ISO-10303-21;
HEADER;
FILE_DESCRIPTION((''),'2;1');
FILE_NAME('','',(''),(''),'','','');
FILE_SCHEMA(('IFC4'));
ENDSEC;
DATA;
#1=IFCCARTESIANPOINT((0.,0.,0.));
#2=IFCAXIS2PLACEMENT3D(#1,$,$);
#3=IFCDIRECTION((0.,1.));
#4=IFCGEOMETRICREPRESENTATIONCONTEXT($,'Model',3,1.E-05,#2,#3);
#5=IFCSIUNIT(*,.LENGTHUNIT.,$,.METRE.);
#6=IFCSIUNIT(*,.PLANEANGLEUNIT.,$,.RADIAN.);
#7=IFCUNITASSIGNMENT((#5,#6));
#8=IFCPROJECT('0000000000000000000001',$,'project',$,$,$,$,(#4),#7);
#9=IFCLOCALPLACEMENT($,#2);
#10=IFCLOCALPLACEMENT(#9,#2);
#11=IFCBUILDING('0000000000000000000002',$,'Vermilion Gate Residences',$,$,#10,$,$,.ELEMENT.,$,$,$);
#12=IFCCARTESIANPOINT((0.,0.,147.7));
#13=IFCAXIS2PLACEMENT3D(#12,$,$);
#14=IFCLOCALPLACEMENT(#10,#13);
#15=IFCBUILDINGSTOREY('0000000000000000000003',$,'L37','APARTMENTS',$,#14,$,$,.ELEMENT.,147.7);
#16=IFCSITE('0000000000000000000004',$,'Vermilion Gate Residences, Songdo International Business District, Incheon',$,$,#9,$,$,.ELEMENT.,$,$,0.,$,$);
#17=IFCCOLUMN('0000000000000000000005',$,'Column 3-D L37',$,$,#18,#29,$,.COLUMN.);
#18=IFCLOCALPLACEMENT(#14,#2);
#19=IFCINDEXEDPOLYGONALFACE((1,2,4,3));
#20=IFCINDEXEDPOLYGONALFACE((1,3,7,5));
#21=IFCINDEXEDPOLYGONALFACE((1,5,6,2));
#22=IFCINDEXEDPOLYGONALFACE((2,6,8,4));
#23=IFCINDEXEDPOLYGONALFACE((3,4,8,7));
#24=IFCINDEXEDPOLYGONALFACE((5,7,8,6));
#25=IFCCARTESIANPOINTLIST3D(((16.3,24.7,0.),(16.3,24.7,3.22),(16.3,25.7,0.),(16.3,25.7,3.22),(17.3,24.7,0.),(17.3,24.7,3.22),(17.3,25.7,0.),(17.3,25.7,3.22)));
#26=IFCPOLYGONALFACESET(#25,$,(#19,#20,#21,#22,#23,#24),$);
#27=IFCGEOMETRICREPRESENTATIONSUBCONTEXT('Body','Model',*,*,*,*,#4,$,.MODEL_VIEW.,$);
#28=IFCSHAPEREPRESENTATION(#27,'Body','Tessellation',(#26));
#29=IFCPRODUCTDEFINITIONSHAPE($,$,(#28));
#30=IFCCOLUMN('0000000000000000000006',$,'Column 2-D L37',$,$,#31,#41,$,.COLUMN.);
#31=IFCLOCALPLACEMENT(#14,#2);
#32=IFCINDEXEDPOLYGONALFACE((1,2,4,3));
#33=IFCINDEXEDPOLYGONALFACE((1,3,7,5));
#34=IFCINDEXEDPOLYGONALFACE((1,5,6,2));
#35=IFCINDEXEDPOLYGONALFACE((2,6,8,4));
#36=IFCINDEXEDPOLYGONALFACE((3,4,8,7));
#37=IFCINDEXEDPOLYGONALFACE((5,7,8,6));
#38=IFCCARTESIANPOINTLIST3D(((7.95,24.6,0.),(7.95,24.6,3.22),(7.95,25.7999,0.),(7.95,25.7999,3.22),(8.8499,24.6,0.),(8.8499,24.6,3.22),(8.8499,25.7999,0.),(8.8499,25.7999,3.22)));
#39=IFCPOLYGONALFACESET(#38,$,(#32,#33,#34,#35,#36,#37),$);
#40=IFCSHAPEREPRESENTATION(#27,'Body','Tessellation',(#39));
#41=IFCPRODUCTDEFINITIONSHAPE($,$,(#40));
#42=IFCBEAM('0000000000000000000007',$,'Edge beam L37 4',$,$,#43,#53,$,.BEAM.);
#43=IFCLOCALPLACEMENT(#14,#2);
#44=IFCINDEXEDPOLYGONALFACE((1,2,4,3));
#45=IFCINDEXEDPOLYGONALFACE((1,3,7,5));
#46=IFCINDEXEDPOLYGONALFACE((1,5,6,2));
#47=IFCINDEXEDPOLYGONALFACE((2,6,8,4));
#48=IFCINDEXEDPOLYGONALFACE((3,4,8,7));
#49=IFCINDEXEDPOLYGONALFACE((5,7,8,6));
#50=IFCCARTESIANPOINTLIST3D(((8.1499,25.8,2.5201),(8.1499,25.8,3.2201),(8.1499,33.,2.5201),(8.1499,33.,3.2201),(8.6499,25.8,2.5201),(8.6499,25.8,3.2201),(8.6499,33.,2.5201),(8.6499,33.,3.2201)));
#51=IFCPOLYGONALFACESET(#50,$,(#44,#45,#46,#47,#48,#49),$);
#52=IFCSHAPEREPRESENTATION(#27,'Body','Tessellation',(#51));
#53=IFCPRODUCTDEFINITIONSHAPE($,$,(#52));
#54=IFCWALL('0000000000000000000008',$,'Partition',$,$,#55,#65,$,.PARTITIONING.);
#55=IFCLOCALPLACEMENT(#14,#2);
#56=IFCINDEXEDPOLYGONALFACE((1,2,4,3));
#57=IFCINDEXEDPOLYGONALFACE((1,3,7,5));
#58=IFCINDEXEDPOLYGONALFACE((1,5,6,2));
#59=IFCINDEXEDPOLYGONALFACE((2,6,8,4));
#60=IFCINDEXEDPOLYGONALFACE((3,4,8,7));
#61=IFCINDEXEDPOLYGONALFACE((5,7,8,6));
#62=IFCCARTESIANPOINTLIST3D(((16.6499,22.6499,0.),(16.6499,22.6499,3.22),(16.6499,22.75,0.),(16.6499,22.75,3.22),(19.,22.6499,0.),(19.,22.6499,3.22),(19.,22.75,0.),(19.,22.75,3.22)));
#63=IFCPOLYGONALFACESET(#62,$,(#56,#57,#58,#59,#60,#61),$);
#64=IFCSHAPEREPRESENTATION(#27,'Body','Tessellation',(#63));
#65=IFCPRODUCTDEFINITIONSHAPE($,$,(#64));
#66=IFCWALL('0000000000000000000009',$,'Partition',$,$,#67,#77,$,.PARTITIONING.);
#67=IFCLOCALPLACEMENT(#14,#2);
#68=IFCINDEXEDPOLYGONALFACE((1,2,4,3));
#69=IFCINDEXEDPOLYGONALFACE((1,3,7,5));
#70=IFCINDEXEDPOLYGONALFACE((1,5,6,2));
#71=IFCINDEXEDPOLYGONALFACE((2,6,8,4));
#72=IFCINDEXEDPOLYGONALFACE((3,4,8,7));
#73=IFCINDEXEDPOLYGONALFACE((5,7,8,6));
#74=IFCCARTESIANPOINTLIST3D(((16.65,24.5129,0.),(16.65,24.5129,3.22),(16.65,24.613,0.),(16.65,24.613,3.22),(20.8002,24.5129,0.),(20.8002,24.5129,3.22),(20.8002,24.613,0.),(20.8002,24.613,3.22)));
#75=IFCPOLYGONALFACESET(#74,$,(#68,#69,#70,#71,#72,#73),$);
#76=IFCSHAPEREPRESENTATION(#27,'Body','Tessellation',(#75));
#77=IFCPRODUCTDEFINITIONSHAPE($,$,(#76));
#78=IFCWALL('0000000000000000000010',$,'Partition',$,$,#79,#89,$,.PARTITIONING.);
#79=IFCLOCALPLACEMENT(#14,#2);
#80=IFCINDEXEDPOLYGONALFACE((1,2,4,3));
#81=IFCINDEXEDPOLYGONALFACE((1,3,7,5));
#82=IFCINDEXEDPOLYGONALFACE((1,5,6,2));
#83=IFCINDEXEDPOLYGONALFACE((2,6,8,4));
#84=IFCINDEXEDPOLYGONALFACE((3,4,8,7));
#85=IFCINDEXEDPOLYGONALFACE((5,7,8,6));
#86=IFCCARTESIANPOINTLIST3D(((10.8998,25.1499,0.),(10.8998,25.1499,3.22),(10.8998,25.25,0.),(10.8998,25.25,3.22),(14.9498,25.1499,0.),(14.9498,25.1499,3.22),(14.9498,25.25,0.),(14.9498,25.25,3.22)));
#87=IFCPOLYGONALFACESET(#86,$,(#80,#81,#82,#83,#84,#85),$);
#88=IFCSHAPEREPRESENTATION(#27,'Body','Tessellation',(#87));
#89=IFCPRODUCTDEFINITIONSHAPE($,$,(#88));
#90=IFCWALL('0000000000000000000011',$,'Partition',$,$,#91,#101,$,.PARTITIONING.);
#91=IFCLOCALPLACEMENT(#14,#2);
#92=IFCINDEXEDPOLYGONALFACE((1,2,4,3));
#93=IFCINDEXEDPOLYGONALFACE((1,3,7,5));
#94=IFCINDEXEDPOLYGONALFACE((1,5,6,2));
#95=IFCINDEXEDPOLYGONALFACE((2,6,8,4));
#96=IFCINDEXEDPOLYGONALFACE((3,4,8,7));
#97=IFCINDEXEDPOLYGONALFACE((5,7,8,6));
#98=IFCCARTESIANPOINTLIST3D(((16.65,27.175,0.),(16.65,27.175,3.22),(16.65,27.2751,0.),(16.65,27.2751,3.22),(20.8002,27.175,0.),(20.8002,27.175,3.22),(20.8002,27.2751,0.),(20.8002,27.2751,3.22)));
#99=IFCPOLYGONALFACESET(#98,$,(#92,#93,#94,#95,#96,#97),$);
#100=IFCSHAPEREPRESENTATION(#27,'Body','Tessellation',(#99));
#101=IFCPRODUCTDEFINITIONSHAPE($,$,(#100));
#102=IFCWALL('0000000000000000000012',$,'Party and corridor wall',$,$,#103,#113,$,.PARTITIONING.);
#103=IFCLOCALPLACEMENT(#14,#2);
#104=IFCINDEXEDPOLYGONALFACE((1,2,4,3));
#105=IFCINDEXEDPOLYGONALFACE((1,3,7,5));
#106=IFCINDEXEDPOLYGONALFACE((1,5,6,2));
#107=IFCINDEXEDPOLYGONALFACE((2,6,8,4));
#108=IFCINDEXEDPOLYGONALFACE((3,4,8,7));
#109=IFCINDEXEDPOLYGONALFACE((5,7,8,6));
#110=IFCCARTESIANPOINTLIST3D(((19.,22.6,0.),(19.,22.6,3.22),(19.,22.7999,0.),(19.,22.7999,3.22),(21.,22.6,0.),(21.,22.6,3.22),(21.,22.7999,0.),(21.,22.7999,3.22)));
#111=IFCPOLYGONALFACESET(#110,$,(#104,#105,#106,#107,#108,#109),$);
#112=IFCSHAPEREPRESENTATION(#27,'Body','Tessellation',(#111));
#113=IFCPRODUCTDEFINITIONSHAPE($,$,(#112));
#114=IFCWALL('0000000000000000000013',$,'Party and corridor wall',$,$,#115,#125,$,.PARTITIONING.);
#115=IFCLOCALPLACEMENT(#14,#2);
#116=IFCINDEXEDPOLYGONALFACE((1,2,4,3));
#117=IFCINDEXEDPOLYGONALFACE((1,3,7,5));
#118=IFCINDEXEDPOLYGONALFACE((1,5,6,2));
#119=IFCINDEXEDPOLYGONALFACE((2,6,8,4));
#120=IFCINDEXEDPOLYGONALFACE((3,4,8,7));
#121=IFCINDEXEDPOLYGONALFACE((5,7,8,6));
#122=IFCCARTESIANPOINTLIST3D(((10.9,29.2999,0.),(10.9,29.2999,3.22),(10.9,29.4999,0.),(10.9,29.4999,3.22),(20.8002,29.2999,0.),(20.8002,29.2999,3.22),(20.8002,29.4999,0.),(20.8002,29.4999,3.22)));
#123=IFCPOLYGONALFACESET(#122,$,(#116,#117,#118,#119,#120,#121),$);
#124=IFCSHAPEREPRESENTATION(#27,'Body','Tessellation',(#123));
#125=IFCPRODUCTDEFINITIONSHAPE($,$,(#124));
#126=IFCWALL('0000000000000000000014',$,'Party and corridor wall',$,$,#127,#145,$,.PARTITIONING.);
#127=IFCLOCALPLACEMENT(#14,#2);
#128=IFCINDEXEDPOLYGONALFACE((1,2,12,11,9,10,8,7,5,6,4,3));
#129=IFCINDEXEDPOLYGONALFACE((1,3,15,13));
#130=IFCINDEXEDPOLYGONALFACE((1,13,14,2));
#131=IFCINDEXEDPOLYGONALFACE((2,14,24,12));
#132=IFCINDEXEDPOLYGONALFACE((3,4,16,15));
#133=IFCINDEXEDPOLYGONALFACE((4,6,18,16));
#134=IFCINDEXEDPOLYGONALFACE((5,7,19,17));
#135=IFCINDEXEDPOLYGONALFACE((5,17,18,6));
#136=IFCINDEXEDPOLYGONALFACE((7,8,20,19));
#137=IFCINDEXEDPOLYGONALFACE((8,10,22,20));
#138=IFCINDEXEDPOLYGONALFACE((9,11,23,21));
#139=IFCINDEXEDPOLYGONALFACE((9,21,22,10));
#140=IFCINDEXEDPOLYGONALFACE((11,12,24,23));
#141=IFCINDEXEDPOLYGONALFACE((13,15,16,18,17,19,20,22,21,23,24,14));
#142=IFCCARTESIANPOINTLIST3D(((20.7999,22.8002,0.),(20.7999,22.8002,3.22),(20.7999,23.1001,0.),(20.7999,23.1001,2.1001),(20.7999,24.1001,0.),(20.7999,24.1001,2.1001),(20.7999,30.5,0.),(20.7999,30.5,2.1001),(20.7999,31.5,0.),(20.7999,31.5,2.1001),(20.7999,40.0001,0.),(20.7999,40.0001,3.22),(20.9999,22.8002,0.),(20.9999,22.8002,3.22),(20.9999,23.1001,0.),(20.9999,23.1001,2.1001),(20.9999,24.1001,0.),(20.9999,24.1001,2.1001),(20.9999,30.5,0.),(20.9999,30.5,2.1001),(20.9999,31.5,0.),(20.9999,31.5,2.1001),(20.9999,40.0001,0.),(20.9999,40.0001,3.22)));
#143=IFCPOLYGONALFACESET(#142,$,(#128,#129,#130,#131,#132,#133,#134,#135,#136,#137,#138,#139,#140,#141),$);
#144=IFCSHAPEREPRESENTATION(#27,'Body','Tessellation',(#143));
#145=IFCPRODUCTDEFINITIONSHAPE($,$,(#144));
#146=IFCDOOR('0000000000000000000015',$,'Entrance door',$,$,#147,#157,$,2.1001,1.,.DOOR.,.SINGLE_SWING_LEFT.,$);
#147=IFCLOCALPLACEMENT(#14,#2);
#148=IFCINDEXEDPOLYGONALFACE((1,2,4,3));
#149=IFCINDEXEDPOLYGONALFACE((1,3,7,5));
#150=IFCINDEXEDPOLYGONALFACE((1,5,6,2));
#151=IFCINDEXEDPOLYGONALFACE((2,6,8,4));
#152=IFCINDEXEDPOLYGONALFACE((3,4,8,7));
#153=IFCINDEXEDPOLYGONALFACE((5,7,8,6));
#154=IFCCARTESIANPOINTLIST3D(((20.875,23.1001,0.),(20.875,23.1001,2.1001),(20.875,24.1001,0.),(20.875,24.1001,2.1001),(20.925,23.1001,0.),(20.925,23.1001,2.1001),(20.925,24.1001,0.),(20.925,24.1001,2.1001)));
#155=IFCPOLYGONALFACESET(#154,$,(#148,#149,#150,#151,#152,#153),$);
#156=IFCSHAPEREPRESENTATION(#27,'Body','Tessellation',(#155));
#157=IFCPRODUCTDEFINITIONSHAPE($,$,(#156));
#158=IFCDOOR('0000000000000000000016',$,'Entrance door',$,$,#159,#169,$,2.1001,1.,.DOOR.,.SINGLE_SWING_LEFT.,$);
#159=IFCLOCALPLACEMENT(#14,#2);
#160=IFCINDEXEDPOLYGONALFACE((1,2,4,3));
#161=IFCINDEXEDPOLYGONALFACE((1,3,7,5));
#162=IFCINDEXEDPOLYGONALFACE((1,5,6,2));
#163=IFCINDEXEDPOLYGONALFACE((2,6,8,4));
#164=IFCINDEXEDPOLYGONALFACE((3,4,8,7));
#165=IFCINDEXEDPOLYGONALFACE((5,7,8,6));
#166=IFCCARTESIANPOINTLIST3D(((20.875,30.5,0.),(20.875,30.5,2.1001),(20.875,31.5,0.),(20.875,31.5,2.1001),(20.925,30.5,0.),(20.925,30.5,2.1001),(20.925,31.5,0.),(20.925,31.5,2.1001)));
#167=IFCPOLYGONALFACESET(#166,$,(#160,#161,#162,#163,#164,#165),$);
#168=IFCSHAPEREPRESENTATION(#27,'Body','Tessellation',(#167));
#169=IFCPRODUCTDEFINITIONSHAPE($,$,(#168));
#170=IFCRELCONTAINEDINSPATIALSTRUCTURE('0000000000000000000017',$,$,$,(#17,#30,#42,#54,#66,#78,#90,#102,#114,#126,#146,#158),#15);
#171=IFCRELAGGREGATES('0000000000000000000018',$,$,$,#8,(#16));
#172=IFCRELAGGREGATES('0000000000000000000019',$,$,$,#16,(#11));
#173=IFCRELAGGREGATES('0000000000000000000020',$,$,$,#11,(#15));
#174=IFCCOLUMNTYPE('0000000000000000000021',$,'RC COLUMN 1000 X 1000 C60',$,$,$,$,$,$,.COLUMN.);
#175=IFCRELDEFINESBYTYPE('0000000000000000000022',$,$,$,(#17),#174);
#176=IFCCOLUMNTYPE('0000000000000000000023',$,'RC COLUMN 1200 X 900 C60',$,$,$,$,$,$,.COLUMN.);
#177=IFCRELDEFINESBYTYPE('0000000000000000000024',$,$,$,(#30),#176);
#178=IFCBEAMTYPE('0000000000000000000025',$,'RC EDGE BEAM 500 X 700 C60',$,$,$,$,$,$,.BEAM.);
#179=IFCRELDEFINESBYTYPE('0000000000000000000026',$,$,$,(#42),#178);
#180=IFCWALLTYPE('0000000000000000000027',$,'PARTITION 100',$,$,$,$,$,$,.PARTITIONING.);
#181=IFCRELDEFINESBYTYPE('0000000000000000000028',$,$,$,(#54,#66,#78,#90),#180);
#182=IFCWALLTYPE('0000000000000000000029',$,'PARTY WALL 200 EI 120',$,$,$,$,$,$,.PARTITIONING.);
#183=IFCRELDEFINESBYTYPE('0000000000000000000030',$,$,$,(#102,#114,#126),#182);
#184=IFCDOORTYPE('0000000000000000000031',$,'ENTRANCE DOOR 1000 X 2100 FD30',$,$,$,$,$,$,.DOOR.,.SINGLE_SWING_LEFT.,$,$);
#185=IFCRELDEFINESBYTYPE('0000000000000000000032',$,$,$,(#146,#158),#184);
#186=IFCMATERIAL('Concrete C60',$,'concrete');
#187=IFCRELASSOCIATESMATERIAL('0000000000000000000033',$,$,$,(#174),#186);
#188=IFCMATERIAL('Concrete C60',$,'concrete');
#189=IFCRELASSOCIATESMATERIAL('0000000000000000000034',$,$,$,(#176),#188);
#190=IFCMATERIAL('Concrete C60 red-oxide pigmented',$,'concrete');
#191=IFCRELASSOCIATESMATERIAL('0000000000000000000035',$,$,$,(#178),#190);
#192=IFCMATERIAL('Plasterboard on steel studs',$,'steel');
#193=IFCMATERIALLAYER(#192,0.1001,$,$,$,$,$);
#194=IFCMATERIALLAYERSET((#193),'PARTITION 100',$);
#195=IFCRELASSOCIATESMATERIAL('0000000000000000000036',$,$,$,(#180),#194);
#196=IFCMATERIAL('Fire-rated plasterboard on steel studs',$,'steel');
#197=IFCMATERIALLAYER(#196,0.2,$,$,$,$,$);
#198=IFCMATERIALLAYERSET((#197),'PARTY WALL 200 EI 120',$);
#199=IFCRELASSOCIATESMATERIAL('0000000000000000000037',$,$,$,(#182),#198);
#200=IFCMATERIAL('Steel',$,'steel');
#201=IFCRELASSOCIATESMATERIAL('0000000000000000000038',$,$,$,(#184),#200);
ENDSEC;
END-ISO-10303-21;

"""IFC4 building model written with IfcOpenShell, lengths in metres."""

from ifc_helpers import new_model, si_unit, direction, frame, frame_2d, origin, origin_2d, place, context, subcontext, project, spatial, rectangle, extrude, material, layer, layer_set, material_profile, profile_set, type_object, element, fill, save


model = new_model("IFC4")

# Units and contexts
model_context = context("Model", 3, precision=1e-05, world=origin(), true_north=direction((0.0, 1.0)))
body_context = subcontext(model_context, "Body", "Model", "MODEL_VIEW")
ifc_project = project(units=[si_unit("LENGTHUNIT", "METRE"), si_unit("PLANEANGLEUNIT", "RADIAN")], contexts=[model_context])

# Site, building, storey
site_placement = place(None, origin())
site = spatial("IfcSite", under=ifc_project, at=site_placement, Name="Vermilion Gate Residences, Songdo International Business District, Incheon", CompositionType="ELEMENT", RefElevation=0.0)
building_placement = place(site_placement, origin())
building = spatial("IfcBuilding", under=site, at=building_placement, Name="Vermilion Gate Residences", CompositionType="ELEMENT")
storey_placement = place(building_placement, frame((0.0, 0.0, 147.7)))
storey = spatial("IfcBuildingStorey", under=building, at=storey_placement, Name="L37", Description="APARTMENTS", CompositionType="ELEMENT", Elevation=147.7)

# Columns
ifc_material_1 = material(Name="Concrete C60", Category="concrete")
ifc_material_profile_1 = material_profile(ifc_material_1, rectangle(XDim=1.0, YDim=1.0, at=origin_2d()), Name="RC-1000x1000")
ifc_profile_set_1 = profile_set([ifc_material_profile_1], Name="Concrete C60")
column_type_1 = type_object("IfcColumnType", Name="RC COLUMN 1000 X 1000 C60", PredefinedType="COLUMN", material=ifc_profile_set_1)
column_1_placement = place(storey_placement, frame((16.8, 25.2, 0.0), z_axis=(0.0, 0.0, 1.0), x_axis=(1.0, 0.0, 0.0)))
element("IfcColumn", 1, at=column_1_placement, inside=storey, type_object=column_type_1, Name="Column 3-D L37", PredefinedType="COLUMN", context=body_context, shape_type="SweptSolid", body=[
    extrude(rectangle(XDim=1.0, YDim=1.0, at=origin_2d()), origin(), (0.0, 0.0, 1.0), 3.22),
])
ifc_material_2 = material(Name="Concrete C60", Category="concrete")
ifc_material_profile_2 = material_profile(ifc_material_2, rectangle(XDim=1.2, YDim=0.8999, at=origin_2d()), Name="RC-1200x900")
ifc_profile_set_2 = profile_set([ifc_material_profile_2], Name="Concrete C60")
column_type_2 = type_object("IfcColumnType", Name="RC COLUMN 1200 X 900 C60", PredefinedType="COLUMN", material=ifc_profile_set_2)
column_2_placement = place(storey_placement, frame((8.3999, 25.2, 0.0), z_axis=(0.0, 0.0, 1.0), x_axis=(0.0, 1.0, 0.0)))
element("IfcColumn", 2, at=column_2_placement, inside=storey, type_object=column_type_2, Name="Column 2-D L37", PredefinedType="COLUMN", context=body_context, shape_type="SweptSolid", body=[
    extrude(rectangle(XDim=1.2, YDim=0.8999, at=origin_2d()), origin(), (0.0, 0.0, 1.0), 3.22),
])

# Beam
ifc_material_3 = material(Name="Concrete C60 red-oxide pigmented", Category="concrete")
ifc_material_profile_3 = material_profile(ifc_material_3, rectangle(XDim=0.5, YDim=0.7, at=origin_2d()), Name="RC-500x700")
ifc_profile_set_3 = profile_set([ifc_material_profile_3], Name="Concrete C60 red-oxide pigmented")
beam_type = type_object("IfcBeamType", Name="RC EDGE BEAM 500 X 700 C60", PredefinedType="BEAM", material=ifc_profile_set_3)
beam_placement = place(storey_placement, frame((8.3999, 25.8, 2.8701), z_axis=(0.0, 1.0, 0.0), x_axis=(-1.0, 0.0, 0.0)))
element("IfcBeam", 3, at=beam_placement, inside=storey, type_object=beam_type, Name="Edge beam L37 4", PredefinedType="BEAM", context=body_context, shape_type="SweptSolid", body=[
    extrude(rectangle(XDim=0.5, YDim=0.7, at=origin_2d()), origin(), (0.0, 0.0, 1.0), 7.2),
])

# Walls
ifc_material_4 = material(Name="Plasterboard on steel studs", Category="steel")
ifc_layer_1 = layer(ifc_material_4, 0.1001)
ifc_layer_set_1 = layer_set([ifc_layer_1], Name="PARTITION 100")
wall_type_1 = type_object("IfcWallType", Name="PARTITION 100", PredefinedType="PARTITIONING", material=ifc_layer_set_1)
wall_1_placement = place(storey_placement, frame((16.6499, 22.7, 0.0), z_axis=(0.0, 0.0, 1.0), x_axis=(1.0, 0.0, 0.0)))
element("IfcWall", 4, at=wall_1_placement, inside=storey, type_object=wall_type_1, Name="Partition", PredefinedType="PARTITIONING", context=body_context, shape_type="SweptSolid", body=[
    extrude(rectangle(XDim=2.3501, YDim=0.1001, at=frame_2d((1.175, 0.0))), origin(), (0.0, 0.0, 1.0), 3.22),
])
wall_2_placement = place(storey_placement, frame((16.6499, 24.563, 0.0), z_axis=(0.0, 0.0, 1.0), x_axis=(1.0, 0.0, 0.0)))
element("IfcWall", 5, at=wall_2_placement, inside=storey, type_object=wall_type_1, Name="Partition", PredefinedType="PARTITIONING", context=body_context, shape_type="SweptSolid", body=[
    extrude(rectangle(XDim=4.1501, YDim=0.1001, at=frame_2d((2.0752, 0.0))), origin(), (0.0, 0.0, 1.0), 3.22),
])
wall_3_placement = place(storey_placement, frame((10.8999, 25.2, 0.0), z_axis=(0.0, 0.0, 1.0), x_axis=(1.0, 0.0, 0.0)))
element("IfcWall", 6, at=wall_3_placement, inside=storey, type_object=wall_type_1, Name="Partition", PredefinedType="PARTITIONING", context=body_context, shape_type="SweptSolid", body=[
    extrude(rectangle(XDim=4.05, YDim=0.1001, at=frame_2d((2.0249, 0.0))), origin(), (0.0, 0.0, 1.0), 3.22),
])
wall_4_placement = place(storey_placement, frame((16.6499, 27.2251, 0.0), z_axis=(0.0, 0.0, 1.0), x_axis=(1.0, 0.0, 0.0)))
element("IfcWall", 7, at=wall_4_placement, inside=storey, type_object=wall_type_1, Name="Partition", PredefinedType="PARTITIONING", context=body_context, shape_type="SweptSolid", body=[
    extrude(rectangle(XDim=4.1501, YDim=0.1001, at=frame_2d((2.0752, 0.0))), origin(), (0.0, 0.0, 1.0), 3.22),
])
ifc_material_5 = material(Name="Fire-rated plasterboard on steel studs", Category="steel")
ifc_layer_2 = layer(ifc_material_5, 0.2)
ifc_layer_set_2 = layer_set([ifc_layer_2], Name="PARTY WALL 200 EI 120")
wall_type_2 = type_object("IfcWallType", Name="PARTY WALL 200 EI 120", PredefinedType="PARTITIONING", material=ifc_layer_set_2)
wall_5_placement = place(storey_placement, frame((19.0, 22.7, 0.0), z_axis=(0.0, 0.0, 1.0), x_axis=(1.0, 0.0, 0.0)))
element("IfcWall", 8, at=wall_5_placement, inside=storey, type_object=wall_type_2, Name="Party and corridor wall", PredefinedType="PARTITIONING", context=body_context, shape_type="SweptSolid", body=[
    extrude(rectangle(XDim=2.0, YDim=0.2, at=frame_2d((1.0, 0.0))), origin(), (0.0, 0.0, 1.0), 3.22),
])
wall_6_placement = place(storey_placement, frame((10.8999, 29.3999, 0.0), z_axis=(0.0, 0.0, 1.0), x_axis=(1.0, 0.0, 0.0)))
element("IfcWall", 9, at=wall_6_placement, inside=storey, type_object=wall_type_2, Name="Party and corridor wall", PredefinedType="PARTITIONING", context=body_context, shape_type="SweptSolid", body=[
    extrude(rectangle(XDim=9.9001, YDim=0.2, at=frame_2d((4.9502, 0.0))), origin(), (0.0, 0.0, 1.0), 3.22),
])

# Wall, openings, doors
wall_7_placement = place(storey_placement, frame((20.8999, 22.8, 0.0), z_axis=(0.0, 0.0, 1.0), x_axis=(0.0, 1.0, 0.0)))
wall_7 = element("IfcWall", 10, at=wall_7_placement, inside=storey, type_object=wall_type_2, Name="Party and corridor wall", PredefinedType="PARTITIONING", context=body_context, shape_type="SweptSolid", body=[
    extrude(rectangle(XDim=17.2, YDim=0.2, at=frame_2d((8.6001, 0.0))), origin(), (0.0, 0.0, 1.0), 3.22),
])
opening_1_placement = place(wall_7_placement, frame((0.3, 0.0, 0.0)))
opening_1 = element("IfcOpeningElement", 11, at=opening_1_placement, cuts=wall_7, PredefinedType="OPENING", context=body_context, shape_type="SweptSolid", body=[
    extrude(rectangle(XDim=1.0, YDim=2.1001, at=frame_2d((0.5, 1.05))), frame((0.0, 0.1099, 0.0), z_axis=(0.0, -1.0, 0.0), x_axis=(1.0, 0.0, 0.0)), (0.0, 0.0, 1.0), 0.22),
])
opening_2_placement = place(wall_7_placement, frame((7.7, 0.0, 0.0)))
opening_2 = element("IfcOpeningElement", 12, at=opening_2_placement, cuts=wall_7, PredefinedType="OPENING", context=body_context, shape_type="SweptSolid", body=[
    extrude(rectangle(XDim=1.0, YDim=2.1001, at=frame_2d((0.5, 1.05))), frame((0.0, 0.1099, 0.0), z_axis=(0.0, -1.0, 0.0), x_axis=(1.0, 0.0, 0.0)), (0.0, 0.0, 1.0), 0.22),
])
ifc_material_6 = material(Name="Steel", Category="steel")
door_type = type_object("IfcDoorType", Name="ENTRANCE DOOR 1000 X 2100 FD30", OperationType="SINGLE_SWING_LEFT", PredefinedType="DOOR", material=ifc_material_6)
door_1_placement = place(opening_1_placement, origin())
door_1 = element("IfcDoor", 13, at=door_1_placement, inside=storey, type_object=door_type, Name="Entrance door", OperationType="SINGLE_SWING_LEFT", OverallHeight=2.1001, OverallWidth=1.0, PredefinedType="DOOR", context=body_context, shape_type="SweptSolid", body=[
    extrude(rectangle(XDim=1.0, YDim=2.1001, at=frame_2d((0.5, 1.05))), frame((0.0, 0.0249, 0.0), z_axis=(0.0, -1.0, 0.0), x_axis=(1.0, 0.0, 0.0)), (0.0, 0.0, 1.0), 0.05),
])
fill(opening_1, door_1)
door_2_placement = place(opening_2_placement, origin())
door_2 = element("IfcDoor", 14, at=door_2_placement, inside=storey, type_object=door_type, Name="Entrance door", OperationType="SINGLE_SWING_LEFT", OverallHeight=2.1001, OverallWidth=1.0, PredefinedType="DOOR", context=body_context, shape_type="SweptSolid", body=[
    extrude(rectangle(XDim=1.0, YDim=2.1001, at=frame_2d((0.5, 1.05))), frame((0.0, 0.0249, 0.0), z_axis=(0.0, -1.0, 0.0), x_axis=(1.0, 0.0, 0.0)), (0.0, 0.0, 1.0), 0.05),
])
fill(opening_2, door_2)

save(model, "model.ifc")
